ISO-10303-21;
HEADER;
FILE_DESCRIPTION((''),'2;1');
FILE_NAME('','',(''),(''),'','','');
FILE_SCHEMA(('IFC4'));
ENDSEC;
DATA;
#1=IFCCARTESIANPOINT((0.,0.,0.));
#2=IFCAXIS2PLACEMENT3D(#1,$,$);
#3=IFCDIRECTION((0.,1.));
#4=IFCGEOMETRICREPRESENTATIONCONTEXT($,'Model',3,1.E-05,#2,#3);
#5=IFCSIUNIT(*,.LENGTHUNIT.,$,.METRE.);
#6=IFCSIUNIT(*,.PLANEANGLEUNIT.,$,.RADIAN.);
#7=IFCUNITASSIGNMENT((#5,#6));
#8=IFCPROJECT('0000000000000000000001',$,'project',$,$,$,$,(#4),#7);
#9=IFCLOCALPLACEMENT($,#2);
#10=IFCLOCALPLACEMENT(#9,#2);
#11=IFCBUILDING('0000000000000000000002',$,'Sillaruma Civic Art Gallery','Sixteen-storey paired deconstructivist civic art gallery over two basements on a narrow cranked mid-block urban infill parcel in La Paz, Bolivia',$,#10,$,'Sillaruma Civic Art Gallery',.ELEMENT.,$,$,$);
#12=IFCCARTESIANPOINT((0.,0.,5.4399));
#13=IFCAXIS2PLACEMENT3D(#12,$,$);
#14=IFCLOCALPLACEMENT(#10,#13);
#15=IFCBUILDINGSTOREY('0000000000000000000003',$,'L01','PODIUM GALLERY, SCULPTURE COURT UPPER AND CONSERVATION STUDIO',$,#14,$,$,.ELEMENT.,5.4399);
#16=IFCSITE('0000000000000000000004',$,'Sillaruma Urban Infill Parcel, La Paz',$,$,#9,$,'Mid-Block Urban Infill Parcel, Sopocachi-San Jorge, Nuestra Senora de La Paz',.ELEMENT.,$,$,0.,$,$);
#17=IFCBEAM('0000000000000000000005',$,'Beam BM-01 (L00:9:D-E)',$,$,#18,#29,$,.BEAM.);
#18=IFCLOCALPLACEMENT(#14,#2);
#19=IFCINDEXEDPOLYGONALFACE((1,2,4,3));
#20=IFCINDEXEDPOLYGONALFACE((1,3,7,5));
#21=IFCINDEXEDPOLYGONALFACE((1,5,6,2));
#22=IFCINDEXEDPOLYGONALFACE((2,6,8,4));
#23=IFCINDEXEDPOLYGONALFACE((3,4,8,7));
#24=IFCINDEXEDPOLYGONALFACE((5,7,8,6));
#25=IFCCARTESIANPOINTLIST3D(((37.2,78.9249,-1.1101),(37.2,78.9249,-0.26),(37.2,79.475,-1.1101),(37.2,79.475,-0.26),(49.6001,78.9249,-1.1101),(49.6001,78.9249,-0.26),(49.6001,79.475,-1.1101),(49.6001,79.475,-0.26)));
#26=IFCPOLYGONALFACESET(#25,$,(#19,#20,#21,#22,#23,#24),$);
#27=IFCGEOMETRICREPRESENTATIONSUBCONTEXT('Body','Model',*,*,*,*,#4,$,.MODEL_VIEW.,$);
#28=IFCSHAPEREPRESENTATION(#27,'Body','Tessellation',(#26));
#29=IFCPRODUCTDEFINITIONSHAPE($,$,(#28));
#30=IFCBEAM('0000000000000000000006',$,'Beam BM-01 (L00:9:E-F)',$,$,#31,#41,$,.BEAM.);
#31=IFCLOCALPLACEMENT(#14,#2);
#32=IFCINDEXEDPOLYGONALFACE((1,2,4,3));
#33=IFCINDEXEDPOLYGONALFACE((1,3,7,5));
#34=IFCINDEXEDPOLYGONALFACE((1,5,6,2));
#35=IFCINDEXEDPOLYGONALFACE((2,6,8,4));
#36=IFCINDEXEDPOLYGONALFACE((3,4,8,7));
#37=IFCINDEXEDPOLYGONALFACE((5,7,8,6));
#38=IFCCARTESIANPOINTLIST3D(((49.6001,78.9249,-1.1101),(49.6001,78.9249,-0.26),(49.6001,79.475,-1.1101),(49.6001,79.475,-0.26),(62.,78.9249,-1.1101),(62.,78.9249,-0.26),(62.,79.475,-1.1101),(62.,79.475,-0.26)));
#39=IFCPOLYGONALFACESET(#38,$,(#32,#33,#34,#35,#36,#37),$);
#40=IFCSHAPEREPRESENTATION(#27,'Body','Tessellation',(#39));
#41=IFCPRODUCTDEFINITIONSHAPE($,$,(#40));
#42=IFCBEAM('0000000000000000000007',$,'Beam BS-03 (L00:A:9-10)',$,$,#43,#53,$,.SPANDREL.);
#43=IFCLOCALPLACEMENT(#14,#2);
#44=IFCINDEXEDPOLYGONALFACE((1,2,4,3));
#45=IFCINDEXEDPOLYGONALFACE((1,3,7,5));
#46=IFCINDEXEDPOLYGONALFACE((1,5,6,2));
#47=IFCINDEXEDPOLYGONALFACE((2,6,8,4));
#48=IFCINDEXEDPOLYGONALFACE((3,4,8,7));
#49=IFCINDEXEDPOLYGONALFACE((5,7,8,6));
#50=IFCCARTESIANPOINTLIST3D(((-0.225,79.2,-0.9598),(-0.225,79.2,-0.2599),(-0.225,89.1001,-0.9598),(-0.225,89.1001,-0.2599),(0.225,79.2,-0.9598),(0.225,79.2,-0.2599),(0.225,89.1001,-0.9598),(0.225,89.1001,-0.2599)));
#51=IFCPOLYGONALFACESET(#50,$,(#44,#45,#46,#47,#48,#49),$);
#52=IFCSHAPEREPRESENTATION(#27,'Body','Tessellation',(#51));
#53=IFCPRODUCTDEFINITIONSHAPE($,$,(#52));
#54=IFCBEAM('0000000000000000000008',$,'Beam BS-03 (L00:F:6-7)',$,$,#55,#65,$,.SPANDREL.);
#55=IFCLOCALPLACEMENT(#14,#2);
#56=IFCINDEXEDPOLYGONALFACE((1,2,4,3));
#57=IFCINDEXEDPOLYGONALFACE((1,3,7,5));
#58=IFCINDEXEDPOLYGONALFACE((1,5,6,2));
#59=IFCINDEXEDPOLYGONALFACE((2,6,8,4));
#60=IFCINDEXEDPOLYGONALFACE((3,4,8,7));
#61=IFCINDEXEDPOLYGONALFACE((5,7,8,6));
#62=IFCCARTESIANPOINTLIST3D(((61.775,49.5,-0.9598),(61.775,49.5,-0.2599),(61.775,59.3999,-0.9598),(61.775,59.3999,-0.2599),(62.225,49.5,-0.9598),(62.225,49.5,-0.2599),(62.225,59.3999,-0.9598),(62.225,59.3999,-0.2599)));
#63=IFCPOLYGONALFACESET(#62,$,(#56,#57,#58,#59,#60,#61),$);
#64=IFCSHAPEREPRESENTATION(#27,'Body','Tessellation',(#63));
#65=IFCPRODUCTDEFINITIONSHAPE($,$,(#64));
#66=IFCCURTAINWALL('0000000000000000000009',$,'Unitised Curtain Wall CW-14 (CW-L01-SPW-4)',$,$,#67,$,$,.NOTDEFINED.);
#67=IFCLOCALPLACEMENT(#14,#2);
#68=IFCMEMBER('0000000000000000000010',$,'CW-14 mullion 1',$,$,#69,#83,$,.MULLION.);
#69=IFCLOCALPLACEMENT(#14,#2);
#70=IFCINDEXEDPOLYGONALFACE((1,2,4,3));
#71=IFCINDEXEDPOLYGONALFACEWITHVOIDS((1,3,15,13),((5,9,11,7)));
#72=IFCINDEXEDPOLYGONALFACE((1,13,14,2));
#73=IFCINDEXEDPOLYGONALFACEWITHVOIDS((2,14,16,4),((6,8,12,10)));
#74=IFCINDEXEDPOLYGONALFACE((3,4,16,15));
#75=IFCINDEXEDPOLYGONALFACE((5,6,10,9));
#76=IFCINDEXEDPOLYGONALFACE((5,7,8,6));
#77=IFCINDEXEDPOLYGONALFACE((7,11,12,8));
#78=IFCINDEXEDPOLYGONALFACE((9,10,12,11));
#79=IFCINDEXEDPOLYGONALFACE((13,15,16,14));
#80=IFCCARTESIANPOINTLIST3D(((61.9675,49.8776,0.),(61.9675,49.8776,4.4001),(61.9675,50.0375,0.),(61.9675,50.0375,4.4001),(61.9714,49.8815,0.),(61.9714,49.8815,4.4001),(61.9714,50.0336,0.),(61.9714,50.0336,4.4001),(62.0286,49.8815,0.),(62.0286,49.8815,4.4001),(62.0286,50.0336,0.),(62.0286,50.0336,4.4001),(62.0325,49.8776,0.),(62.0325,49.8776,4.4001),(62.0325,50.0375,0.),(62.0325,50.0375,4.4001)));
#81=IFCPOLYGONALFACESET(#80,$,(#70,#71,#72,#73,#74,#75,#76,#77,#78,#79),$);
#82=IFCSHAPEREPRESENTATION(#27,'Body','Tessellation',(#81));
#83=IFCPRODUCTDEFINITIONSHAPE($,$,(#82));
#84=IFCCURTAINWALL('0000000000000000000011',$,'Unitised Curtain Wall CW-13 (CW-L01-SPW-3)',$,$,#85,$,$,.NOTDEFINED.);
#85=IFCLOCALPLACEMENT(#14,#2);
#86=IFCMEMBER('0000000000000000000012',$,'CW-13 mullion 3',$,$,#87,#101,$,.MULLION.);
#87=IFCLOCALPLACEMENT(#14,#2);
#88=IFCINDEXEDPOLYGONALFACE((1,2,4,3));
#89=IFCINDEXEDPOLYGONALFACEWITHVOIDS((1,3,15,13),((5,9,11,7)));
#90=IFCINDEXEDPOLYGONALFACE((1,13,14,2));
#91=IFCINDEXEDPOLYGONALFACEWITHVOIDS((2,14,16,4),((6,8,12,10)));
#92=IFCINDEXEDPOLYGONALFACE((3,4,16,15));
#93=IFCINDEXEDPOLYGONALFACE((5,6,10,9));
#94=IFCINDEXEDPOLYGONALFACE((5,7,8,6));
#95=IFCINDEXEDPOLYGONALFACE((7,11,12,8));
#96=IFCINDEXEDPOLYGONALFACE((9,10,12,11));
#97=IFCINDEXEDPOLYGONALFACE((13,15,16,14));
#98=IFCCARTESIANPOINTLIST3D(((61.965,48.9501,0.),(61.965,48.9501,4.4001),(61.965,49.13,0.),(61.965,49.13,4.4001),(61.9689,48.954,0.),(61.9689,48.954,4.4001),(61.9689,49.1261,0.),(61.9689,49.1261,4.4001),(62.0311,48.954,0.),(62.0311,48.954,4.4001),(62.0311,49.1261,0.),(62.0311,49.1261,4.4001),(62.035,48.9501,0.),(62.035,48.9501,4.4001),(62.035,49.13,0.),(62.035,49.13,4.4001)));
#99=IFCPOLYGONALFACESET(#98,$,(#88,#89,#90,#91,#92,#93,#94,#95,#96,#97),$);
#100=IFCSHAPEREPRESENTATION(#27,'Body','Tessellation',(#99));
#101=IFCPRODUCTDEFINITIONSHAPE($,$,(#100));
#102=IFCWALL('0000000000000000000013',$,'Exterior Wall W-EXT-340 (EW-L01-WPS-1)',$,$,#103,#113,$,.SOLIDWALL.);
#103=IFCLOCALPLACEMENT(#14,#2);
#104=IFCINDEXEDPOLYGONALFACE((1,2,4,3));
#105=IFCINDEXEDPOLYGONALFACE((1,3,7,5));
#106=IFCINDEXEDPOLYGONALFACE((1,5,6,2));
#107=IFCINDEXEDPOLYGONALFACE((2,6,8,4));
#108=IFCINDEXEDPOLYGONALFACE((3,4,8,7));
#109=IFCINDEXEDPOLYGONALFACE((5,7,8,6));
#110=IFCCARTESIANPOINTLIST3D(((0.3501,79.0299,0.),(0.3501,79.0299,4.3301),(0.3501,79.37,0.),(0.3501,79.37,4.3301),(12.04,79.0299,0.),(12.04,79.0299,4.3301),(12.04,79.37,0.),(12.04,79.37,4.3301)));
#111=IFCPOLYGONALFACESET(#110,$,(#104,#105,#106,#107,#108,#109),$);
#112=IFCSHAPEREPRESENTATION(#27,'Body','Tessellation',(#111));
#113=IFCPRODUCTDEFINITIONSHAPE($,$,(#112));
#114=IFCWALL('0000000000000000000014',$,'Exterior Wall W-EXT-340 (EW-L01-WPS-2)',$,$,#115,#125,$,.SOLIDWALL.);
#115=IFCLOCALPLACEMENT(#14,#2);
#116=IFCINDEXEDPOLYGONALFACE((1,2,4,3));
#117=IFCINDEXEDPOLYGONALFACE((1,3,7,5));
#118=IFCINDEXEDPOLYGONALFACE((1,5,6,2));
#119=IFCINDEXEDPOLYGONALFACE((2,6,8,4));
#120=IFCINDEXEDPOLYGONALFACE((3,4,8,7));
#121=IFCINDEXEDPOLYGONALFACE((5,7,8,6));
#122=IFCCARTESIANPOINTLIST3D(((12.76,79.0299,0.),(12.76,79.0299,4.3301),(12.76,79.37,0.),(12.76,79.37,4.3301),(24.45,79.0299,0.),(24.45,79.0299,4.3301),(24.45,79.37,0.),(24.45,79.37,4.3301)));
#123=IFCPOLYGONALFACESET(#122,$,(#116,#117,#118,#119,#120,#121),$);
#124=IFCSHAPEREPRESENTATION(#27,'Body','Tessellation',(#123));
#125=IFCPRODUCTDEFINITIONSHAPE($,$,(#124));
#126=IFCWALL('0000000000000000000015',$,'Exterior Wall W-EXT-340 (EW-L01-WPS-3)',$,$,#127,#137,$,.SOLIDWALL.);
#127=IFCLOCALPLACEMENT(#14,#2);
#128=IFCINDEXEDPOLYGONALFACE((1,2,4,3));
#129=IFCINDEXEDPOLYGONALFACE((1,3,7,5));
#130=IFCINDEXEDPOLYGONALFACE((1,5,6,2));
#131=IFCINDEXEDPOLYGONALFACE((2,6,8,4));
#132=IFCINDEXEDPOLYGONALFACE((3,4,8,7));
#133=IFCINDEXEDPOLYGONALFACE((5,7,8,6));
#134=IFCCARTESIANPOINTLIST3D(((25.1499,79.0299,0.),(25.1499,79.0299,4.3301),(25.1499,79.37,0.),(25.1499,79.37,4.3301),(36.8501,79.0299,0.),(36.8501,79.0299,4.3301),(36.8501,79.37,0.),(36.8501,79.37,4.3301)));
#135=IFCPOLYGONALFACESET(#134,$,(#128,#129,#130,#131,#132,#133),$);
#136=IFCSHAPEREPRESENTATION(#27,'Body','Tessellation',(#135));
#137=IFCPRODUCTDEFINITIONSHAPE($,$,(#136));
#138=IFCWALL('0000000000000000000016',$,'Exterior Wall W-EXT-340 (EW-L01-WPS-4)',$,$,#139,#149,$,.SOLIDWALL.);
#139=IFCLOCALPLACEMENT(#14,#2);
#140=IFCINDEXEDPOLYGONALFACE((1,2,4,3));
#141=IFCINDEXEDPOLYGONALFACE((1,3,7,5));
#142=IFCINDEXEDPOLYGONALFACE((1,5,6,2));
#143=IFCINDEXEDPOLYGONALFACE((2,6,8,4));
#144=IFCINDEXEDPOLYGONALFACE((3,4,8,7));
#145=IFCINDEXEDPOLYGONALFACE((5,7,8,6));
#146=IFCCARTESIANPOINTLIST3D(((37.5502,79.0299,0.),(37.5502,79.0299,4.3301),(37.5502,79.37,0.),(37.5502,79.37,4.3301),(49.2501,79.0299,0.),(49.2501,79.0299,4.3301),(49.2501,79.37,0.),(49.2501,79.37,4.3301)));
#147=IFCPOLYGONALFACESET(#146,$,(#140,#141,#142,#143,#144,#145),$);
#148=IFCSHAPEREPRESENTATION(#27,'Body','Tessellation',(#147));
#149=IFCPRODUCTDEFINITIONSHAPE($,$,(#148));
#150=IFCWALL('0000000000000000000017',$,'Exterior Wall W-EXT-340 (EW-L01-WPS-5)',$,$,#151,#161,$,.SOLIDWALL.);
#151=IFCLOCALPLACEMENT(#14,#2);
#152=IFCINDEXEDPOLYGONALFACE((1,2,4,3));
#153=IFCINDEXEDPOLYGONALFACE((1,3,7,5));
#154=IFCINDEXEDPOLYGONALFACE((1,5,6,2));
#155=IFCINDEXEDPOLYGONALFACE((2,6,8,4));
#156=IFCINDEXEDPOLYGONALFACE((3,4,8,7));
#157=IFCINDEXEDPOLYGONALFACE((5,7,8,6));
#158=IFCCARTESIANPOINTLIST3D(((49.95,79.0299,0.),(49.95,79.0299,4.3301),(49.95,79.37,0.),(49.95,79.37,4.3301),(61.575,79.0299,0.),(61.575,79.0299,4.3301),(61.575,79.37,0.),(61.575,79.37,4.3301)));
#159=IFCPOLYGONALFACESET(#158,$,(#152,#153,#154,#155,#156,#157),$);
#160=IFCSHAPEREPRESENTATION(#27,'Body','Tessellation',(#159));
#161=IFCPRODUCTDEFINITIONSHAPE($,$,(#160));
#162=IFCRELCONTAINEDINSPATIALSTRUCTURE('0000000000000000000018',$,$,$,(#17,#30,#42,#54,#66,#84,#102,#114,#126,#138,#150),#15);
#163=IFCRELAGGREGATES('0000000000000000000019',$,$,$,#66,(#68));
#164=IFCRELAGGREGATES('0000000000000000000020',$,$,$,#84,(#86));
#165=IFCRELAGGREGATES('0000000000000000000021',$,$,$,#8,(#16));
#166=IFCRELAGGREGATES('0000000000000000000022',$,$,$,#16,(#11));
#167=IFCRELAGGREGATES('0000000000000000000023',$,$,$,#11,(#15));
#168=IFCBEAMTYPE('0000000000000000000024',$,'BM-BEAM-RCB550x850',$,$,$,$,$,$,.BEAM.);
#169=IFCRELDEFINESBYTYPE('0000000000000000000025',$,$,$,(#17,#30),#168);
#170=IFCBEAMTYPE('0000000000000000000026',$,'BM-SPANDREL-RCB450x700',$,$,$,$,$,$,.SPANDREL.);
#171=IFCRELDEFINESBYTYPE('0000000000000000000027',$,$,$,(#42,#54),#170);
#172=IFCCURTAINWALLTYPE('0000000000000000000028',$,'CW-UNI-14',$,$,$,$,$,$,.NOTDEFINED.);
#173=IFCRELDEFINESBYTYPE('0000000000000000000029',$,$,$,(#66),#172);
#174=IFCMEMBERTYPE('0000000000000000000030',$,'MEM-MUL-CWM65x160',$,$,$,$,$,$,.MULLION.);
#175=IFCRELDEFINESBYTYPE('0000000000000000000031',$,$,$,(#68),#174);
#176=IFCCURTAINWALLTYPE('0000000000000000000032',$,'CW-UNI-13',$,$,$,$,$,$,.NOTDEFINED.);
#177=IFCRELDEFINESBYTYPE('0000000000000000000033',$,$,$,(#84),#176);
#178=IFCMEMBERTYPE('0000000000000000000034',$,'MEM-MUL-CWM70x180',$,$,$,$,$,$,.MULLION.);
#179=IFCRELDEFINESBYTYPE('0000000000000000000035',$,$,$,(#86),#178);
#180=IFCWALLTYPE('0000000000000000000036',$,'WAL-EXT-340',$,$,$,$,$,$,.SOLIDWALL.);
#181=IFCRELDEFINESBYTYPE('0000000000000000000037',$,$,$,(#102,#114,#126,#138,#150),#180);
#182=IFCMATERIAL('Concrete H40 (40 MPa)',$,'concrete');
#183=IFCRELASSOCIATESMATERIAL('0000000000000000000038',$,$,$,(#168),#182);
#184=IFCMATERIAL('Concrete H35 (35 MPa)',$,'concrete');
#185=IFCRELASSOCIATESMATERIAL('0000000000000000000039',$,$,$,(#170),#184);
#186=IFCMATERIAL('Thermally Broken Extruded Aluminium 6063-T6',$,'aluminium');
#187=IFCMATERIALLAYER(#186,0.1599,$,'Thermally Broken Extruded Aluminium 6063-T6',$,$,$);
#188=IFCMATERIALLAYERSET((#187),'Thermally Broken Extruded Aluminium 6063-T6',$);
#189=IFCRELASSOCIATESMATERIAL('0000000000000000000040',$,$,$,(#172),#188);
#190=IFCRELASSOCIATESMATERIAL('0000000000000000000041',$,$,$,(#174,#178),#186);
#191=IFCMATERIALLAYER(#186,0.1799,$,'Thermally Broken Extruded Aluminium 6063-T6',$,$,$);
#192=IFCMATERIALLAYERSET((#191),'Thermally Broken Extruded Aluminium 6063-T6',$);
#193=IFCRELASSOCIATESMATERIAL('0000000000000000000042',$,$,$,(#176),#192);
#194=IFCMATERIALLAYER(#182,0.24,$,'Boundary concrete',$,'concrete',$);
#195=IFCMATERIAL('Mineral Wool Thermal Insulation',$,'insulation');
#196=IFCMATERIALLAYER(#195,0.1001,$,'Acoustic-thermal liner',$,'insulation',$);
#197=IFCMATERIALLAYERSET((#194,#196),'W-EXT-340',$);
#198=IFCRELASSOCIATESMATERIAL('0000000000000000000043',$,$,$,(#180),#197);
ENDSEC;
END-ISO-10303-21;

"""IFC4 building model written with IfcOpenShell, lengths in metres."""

from ifc_helpers import new_model, si_unit, direction, frame, frame_2d, origin, origin_2d, place, context, subcontext, project, spatial, rectangle, hollow_rectangle, extrude, material, layer, layer_set, material_profile, profile_set, type_object, element, aggregate, save


model = new_model("IFC4")

# Units and contexts
model_context = context("Model", 3, precision=1e-05, world=origin(), true_north=direction((0.0, 1.0)))
body_context = subcontext(model_context, "Body", "Model", "MODEL_VIEW")
ifc_project = project(units=[si_unit("LENGTHUNIT", "METRE"), si_unit("PLANEANGLEUNIT", "RADIAN")], contexts=[model_context])

# Site, building, storey
site_placement = place(None, origin())
site = spatial("IfcSite", under=ifc_project, at=site_placement, Name="Sillaruma Urban Infill Parcel, La Paz", LongName="Mid-Block Urban Infill Parcel, Sopocachi-San Jorge, Nuestra Senora de La Paz", CompositionType="ELEMENT", RefElevation=0.0)
building_placement = place(site_placement, origin())
building = spatial("IfcBuilding", under=site, at=building_placement, Name="Sillaruma Civic Art Gallery", Description="Sixteen-storey paired deconstructivist civic art gallery over two basements on a narrow cranked mid-block urban infill parcel in La Paz, Bolivia", LongName="Sillaruma Civic Art Gallery", CompositionType="ELEMENT")
storey_placement = place(building_placement, frame((0.0, 0.0, 5.4399)))
storey = spatial("IfcBuildingStorey", under=building, at=storey_placement, Name="L01", Description="PODIUM GALLERY, SCULPTURE COURT UPPER AND CONSERVATION STUDIO", CompositionType="ELEMENT", Elevation=5.4399)

# Shared definitions
ifc_material_1 = material(Name="Concrete H40 (40 MPa)", Category="concrete")

# Beams
ifc_material_profile_1 = material_profile(ifc_material_1, rectangle(XDim=0.55, YDim=0.8501, at=origin_2d()), Name="RCB550x850")
ifc_profile_set_1 = profile_set([ifc_material_profile_1], Name="Concrete H40 (40 MPa)")
beam_type_1 = type_object("IfcBeamType", Name="BM-BEAM-RCB550x850", PredefinedType="BEAM", material=ifc_profile_set_1)
beam_1_placement = place(storey_placement, frame((37.2, 79.2, -0.6851), z_axis=(1.0, 0.0, 0.0), x_axis=(0.0, 1.0, 0.0)))
element("IfcBeam", 1, at=beam_1_placement, inside=storey, type_object=beam_type_1, Name="Beam BM-01 (L00:9:D-E)", PredefinedType="BEAM", context=body_context, shape_type="SweptSolid", body=[
    extrude(rectangle(XDim=0.55, YDim=0.8501, at=origin_2d()), origin(), (0.0, 0.0, 1.0), 12.4001),
])
beam_2_placement = place(storey_placement, frame((49.6001, 79.2, -0.6851), z_axis=(1.0, 0.0, 0.0), x_axis=(0.0, 1.0, 0.0)))
element("IfcBeam", 2, at=beam_2_placement, inside=storey, type_object=beam_type_1, Name="Beam BM-01 (L00:9:E-F)", PredefinedType="BEAM", context=body_context, shape_type="SweptSolid", body=[
    extrude(rectangle(XDim=0.55, YDim=0.8501, at=origin_2d()), origin(), (0.0, 0.0, 1.0), 12.3999),
])
ifc_material_2 = material(Name="Concrete H35 (35 MPa)", Category="concrete")
ifc_material_profile_2 = material_profile(ifc_material_2, rectangle(XDim=0.45, YDim=0.7, at=origin_2d()), Name="RCB450x700")
ifc_profile_set_2 = profile_set([ifc_material_profile_2], Name="Concrete H35 (35 MPa)")
beam_type_2 = type_object("IfcBeamType", Name="BM-SPANDREL-RCB450x700", PredefinedType="SPANDREL", material=ifc_profile_set_2)
beam_3_placement = place(storey_placement, frame((0.0, 79.2, -0.6099), z_axis=(0.0, 1.0, 0.0), x_axis=(-1.0, 0.0, 0.0)))
element("IfcBeam", 3, at=beam_3_placement, inside=storey, type_object=beam_type_2, Name="Beam BS-03 (L00:A:9-10)", PredefinedType="SPANDREL", context=body_context, shape_type="SweptSolid", body=[
    extrude(rectangle(XDim=0.45, YDim=0.7, at=origin_2d()), origin(), (0.0, 0.0, 1.0), 9.9001),
])
beam_4_placement = place(storey_placement, frame((62.0, 49.5, -0.6099), z_axis=(0.0, 1.0, 0.0), x_axis=(-1.0, 0.0, 0.0)))
element("IfcBeam", 4, at=beam_4_placement, inside=storey, type_object=beam_type_2, Name="Beam BS-03 (L00:F:6-7)", PredefinedType="SPANDREL", context=body_context, shape_type="SweptSolid", body=[
    extrude(rectangle(XDim=0.45, YDim=0.7, at=origin_2d()), origin(), (0.0, 0.0, 1.0), 9.8999),
])

# Curtain walls, members
ifc_material_3 = material(Name="Thermally Broken Extruded Aluminium 6063-T6", Category="aluminium")
ifc_layer_1 = layer(ifc_material_3, 0.1599, Name="Thermally Broken Extruded Aluminium 6063-T6")
ifc_layer_set_1 = layer_set([ifc_layer_1], Name="Thermally Broken Extruded Aluminium 6063-T6")
curtain_wall_type_1 = type_object("IfcCurtainWallType", Name="CW-UNI-14", PredefinedType="NOTDEFINED", material=ifc_layer_set_1)
curtain_wall_1_placement = place(storey_placement, origin())
curtain_wall_1 = element("IfcCurtainWall", 5, at=curtain_wall_1_placement, inside=storey, type_object=curtain_wall_type_1, Name="Unitised Curtain Wall CW-14 (CW-L01-SPW-4)", PredefinedType="NOTDEFINED")
ifc_material_profile_3 = material_profile(ifc_material_3, hollow_rectangle(XDim=0.0649, YDim=0.1599, WallThickness=0.0039, at=origin_2d()), Name="CWM65x160")
ifc_profile_set_3 = profile_set([ifc_material_profile_3], Name="Thermally Broken Extruded Aluminium 6063-T6")
member_type_1 = type_object("IfcMemberType", Name="MEM-MUL-CWM65x160", PredefinedType="MULLION", material=ifc_profile_set_3)
member_1_placement = place(storey_placement, frame((62.0, 49.9575, 0.0), z_axis=(0.0, 0.0, 1.0), x_axis=(-1.0, 0.0, 0.0)))
member_1 = element("IfcMember", 6, at=member_1_placement, type_object=member_type_1, Name="CW-14 mullion 1", PredefinedType="MULLION", context=body_context, shape_type="SweptSolid", body=[
    extrude(hollow_rectangle(XDim=0.0649, YDim=0.1599, WallThickness=0.0039, at=origin_2d()), origin(), (0.0, 0.0, 1.0), 4.4001),
])
aggregate(curtain_wall_1, [member_1])
ifc_layer_2 = layer(ifc_material_3, 0.1799, Name="Thermally Broken Extruded Aluminium 6063-T6")
ifc_layer_set_2 = layer_set([ifc_layer_2], Name="Thermally Broken Extruded Aluminium 6063-T6")
curtain_wall_type_2 = type_object("IfcCurtainWallType", Name="CW-UNI-13", PredefinedType="NOTDEFINED", material=ifc_layer_set_2)
curtain_wall_2_placement = place(storey_placement, origin())
curtain_wall_2 = element("IfcCurtainWall", 7, at=curtain_wall_2_placement, inside=storey, type_object=curtain_wall_type_2, Name="Unitised Curtain Wall CW-13 (CW-L01-SPW-3)", PredefinedType="NOTDEFINED")
ifc_material_profile_4 = material_profile(ifc_material_3, hollow_rectangle(XDim=0.0701, YDim=0.1799, WallThickness=0.0039, at=origin_2d()), Name="CWM70x180")
ifc_profile_set_4 = profile_set([ifc_material_profile_4], Name="Thermally Broken Extruded Aluminium 6063-T6")
member_type_2 = type_object("IfcMemberType", Name="MEM-MUL-CWM70x180", PredefinedType="MULLION", material=ifc_profile_set_4)
member_2_placement = place(storey_placement, frame((62.0, 49.04, 0.0), z_axis=(0.0, 0.0, 1.0), x_axis=(-1.0, 0.0, 0.0)))
member_2 = element("IfcMember", 8, at=member_2_placement, type_object=member_type_2, Name="CW-13 mullion 3", PredefinedType="MULLION", context=body_context, shape_type="SweptSolid", body=[
    extrude(hollow_rectangle(XDim=0.0701, YDim=0.1799, WallThickness=0.0039, at=origin_2d()), origin(), (0.0, 0.0, 1.0), 4.4001),
])
aggregate(curtain_wall_2, [member_2])

# Walls
ifc_layer_3 = layer(ifc_material_1, 0.24, Name="Boundary concrete", Category="concrete")
ifc_material_4 = material(Name="Mineral Wool Thermal Insulation", Category="insulation")
ifc_layer_4 = layer(ifc_material_4, 0.1001, Name="Acoustic-thermal liner", Category="insulation")
ifc_layer_set_3 = layer_set([ifc_layer_3, ifc_layer_4], Name="W-EXT-340")
wall_type = type_object("IfcWallType", Name="WAL-EXT-340", PredefinedType="SOLIDWALL", material=ifc_layer_set_3)
for number, where, z_axis, x_axis, name in (
    (9, (0.3501, 79.2, 0.0), (0.0, 0.0, 1.0), (1.0, 0.0, 0.0), "Exterior Wall W-EXT-340 (EW-L01-WPS-1)"),
    (10, (12.76, 79.2, 0.0), (0.0, 0.0, 1.0), (1.0, 0.0, 0.0), "Exterior Wall W-EXT-340 (EW-L01-WPS-2)"),
):
    element("IfcWall", number, at=place(storey_placement, frame(where, z_axis=z_axis, x_axis=x_axis)), inside=storey, type_object=wall_type, Name=name, PredefinedType="SOLIDWALL", context=body_context, shape_type="SweptSolid", body=[
        extrude(rectangle(XDim=11.6899, YDim=0.3401, at=frame_2d((5.845, 0.0))), origin(), (0.0, 0.0, 1.0), 4.3301),
    ])
wall_1_placement = place(storey_placement, frame((25.1499, 79.2, 0.0), z_axis=(0.0, 0.0, 1.0), x_axis=(1.0, 0.0, 0.0)))
element("IfcWall", 11, at=wall_1_placement, inside=storey, type_object=wall_type, Name="Exterior Wall W-EXT-340 (EW-L01-WPS-3)", PredefinedType="SOLIDWALL", context=body_context, shape_type="SweptSolid", body=[
    extrude(rectangle(XDim=11.7002, YDim=0.3401, at=frame_2d((5.8501, 0.0))), origin(), (0.0, 0.0, 1.0), 4.3301),
])
wall_2_placement = place(storey_placement, frame((37.55, 79.2, 0.0), z_axis=(0.0, 0.0, 1.0), x_axis=(1.0, 0.0, 0.0)))
element("IfcWall", 12, at=wall_2_placement, inside=storey, type_object=wall_type, Name="Exterior Wall W-EXT-340 (EW-L01-WPS-4)", PredefinedType="SOLIDWALL", context=body_context, shape_type="SweptSolid", body=[
    extrude(rectangle(XDim=11.7, YDim=0.3401, at=frame_2d((5.8501, 0.0))), origin(), (0.0, 0.0, 1.0), 4.3301),
])
wall_3_placement = place(storey_placement, frame((49.95, 79.2, 0.0), z_axis=(0.0, 0.0, 1.0), x_axis=(1.0, 0.0, 0.0)))
element("IfcWall", 13, at=wall_3_placement, inside=storey, type_object=wall_type, Name="Exterior Wall W-EXT-340 (EW-L01-WPS-5)", PredefinedType="SOLIDWALL", context=body_context, shape_type="SweptSolid", body=[
    extrude(rectangle(XDim=11.625, YDim=0.3401, at=frame_2d((5.8125, 0.0))), origin(), (0.0, 0.0, 1.0), 4.3301),
])

save(model, "model.ifc")
